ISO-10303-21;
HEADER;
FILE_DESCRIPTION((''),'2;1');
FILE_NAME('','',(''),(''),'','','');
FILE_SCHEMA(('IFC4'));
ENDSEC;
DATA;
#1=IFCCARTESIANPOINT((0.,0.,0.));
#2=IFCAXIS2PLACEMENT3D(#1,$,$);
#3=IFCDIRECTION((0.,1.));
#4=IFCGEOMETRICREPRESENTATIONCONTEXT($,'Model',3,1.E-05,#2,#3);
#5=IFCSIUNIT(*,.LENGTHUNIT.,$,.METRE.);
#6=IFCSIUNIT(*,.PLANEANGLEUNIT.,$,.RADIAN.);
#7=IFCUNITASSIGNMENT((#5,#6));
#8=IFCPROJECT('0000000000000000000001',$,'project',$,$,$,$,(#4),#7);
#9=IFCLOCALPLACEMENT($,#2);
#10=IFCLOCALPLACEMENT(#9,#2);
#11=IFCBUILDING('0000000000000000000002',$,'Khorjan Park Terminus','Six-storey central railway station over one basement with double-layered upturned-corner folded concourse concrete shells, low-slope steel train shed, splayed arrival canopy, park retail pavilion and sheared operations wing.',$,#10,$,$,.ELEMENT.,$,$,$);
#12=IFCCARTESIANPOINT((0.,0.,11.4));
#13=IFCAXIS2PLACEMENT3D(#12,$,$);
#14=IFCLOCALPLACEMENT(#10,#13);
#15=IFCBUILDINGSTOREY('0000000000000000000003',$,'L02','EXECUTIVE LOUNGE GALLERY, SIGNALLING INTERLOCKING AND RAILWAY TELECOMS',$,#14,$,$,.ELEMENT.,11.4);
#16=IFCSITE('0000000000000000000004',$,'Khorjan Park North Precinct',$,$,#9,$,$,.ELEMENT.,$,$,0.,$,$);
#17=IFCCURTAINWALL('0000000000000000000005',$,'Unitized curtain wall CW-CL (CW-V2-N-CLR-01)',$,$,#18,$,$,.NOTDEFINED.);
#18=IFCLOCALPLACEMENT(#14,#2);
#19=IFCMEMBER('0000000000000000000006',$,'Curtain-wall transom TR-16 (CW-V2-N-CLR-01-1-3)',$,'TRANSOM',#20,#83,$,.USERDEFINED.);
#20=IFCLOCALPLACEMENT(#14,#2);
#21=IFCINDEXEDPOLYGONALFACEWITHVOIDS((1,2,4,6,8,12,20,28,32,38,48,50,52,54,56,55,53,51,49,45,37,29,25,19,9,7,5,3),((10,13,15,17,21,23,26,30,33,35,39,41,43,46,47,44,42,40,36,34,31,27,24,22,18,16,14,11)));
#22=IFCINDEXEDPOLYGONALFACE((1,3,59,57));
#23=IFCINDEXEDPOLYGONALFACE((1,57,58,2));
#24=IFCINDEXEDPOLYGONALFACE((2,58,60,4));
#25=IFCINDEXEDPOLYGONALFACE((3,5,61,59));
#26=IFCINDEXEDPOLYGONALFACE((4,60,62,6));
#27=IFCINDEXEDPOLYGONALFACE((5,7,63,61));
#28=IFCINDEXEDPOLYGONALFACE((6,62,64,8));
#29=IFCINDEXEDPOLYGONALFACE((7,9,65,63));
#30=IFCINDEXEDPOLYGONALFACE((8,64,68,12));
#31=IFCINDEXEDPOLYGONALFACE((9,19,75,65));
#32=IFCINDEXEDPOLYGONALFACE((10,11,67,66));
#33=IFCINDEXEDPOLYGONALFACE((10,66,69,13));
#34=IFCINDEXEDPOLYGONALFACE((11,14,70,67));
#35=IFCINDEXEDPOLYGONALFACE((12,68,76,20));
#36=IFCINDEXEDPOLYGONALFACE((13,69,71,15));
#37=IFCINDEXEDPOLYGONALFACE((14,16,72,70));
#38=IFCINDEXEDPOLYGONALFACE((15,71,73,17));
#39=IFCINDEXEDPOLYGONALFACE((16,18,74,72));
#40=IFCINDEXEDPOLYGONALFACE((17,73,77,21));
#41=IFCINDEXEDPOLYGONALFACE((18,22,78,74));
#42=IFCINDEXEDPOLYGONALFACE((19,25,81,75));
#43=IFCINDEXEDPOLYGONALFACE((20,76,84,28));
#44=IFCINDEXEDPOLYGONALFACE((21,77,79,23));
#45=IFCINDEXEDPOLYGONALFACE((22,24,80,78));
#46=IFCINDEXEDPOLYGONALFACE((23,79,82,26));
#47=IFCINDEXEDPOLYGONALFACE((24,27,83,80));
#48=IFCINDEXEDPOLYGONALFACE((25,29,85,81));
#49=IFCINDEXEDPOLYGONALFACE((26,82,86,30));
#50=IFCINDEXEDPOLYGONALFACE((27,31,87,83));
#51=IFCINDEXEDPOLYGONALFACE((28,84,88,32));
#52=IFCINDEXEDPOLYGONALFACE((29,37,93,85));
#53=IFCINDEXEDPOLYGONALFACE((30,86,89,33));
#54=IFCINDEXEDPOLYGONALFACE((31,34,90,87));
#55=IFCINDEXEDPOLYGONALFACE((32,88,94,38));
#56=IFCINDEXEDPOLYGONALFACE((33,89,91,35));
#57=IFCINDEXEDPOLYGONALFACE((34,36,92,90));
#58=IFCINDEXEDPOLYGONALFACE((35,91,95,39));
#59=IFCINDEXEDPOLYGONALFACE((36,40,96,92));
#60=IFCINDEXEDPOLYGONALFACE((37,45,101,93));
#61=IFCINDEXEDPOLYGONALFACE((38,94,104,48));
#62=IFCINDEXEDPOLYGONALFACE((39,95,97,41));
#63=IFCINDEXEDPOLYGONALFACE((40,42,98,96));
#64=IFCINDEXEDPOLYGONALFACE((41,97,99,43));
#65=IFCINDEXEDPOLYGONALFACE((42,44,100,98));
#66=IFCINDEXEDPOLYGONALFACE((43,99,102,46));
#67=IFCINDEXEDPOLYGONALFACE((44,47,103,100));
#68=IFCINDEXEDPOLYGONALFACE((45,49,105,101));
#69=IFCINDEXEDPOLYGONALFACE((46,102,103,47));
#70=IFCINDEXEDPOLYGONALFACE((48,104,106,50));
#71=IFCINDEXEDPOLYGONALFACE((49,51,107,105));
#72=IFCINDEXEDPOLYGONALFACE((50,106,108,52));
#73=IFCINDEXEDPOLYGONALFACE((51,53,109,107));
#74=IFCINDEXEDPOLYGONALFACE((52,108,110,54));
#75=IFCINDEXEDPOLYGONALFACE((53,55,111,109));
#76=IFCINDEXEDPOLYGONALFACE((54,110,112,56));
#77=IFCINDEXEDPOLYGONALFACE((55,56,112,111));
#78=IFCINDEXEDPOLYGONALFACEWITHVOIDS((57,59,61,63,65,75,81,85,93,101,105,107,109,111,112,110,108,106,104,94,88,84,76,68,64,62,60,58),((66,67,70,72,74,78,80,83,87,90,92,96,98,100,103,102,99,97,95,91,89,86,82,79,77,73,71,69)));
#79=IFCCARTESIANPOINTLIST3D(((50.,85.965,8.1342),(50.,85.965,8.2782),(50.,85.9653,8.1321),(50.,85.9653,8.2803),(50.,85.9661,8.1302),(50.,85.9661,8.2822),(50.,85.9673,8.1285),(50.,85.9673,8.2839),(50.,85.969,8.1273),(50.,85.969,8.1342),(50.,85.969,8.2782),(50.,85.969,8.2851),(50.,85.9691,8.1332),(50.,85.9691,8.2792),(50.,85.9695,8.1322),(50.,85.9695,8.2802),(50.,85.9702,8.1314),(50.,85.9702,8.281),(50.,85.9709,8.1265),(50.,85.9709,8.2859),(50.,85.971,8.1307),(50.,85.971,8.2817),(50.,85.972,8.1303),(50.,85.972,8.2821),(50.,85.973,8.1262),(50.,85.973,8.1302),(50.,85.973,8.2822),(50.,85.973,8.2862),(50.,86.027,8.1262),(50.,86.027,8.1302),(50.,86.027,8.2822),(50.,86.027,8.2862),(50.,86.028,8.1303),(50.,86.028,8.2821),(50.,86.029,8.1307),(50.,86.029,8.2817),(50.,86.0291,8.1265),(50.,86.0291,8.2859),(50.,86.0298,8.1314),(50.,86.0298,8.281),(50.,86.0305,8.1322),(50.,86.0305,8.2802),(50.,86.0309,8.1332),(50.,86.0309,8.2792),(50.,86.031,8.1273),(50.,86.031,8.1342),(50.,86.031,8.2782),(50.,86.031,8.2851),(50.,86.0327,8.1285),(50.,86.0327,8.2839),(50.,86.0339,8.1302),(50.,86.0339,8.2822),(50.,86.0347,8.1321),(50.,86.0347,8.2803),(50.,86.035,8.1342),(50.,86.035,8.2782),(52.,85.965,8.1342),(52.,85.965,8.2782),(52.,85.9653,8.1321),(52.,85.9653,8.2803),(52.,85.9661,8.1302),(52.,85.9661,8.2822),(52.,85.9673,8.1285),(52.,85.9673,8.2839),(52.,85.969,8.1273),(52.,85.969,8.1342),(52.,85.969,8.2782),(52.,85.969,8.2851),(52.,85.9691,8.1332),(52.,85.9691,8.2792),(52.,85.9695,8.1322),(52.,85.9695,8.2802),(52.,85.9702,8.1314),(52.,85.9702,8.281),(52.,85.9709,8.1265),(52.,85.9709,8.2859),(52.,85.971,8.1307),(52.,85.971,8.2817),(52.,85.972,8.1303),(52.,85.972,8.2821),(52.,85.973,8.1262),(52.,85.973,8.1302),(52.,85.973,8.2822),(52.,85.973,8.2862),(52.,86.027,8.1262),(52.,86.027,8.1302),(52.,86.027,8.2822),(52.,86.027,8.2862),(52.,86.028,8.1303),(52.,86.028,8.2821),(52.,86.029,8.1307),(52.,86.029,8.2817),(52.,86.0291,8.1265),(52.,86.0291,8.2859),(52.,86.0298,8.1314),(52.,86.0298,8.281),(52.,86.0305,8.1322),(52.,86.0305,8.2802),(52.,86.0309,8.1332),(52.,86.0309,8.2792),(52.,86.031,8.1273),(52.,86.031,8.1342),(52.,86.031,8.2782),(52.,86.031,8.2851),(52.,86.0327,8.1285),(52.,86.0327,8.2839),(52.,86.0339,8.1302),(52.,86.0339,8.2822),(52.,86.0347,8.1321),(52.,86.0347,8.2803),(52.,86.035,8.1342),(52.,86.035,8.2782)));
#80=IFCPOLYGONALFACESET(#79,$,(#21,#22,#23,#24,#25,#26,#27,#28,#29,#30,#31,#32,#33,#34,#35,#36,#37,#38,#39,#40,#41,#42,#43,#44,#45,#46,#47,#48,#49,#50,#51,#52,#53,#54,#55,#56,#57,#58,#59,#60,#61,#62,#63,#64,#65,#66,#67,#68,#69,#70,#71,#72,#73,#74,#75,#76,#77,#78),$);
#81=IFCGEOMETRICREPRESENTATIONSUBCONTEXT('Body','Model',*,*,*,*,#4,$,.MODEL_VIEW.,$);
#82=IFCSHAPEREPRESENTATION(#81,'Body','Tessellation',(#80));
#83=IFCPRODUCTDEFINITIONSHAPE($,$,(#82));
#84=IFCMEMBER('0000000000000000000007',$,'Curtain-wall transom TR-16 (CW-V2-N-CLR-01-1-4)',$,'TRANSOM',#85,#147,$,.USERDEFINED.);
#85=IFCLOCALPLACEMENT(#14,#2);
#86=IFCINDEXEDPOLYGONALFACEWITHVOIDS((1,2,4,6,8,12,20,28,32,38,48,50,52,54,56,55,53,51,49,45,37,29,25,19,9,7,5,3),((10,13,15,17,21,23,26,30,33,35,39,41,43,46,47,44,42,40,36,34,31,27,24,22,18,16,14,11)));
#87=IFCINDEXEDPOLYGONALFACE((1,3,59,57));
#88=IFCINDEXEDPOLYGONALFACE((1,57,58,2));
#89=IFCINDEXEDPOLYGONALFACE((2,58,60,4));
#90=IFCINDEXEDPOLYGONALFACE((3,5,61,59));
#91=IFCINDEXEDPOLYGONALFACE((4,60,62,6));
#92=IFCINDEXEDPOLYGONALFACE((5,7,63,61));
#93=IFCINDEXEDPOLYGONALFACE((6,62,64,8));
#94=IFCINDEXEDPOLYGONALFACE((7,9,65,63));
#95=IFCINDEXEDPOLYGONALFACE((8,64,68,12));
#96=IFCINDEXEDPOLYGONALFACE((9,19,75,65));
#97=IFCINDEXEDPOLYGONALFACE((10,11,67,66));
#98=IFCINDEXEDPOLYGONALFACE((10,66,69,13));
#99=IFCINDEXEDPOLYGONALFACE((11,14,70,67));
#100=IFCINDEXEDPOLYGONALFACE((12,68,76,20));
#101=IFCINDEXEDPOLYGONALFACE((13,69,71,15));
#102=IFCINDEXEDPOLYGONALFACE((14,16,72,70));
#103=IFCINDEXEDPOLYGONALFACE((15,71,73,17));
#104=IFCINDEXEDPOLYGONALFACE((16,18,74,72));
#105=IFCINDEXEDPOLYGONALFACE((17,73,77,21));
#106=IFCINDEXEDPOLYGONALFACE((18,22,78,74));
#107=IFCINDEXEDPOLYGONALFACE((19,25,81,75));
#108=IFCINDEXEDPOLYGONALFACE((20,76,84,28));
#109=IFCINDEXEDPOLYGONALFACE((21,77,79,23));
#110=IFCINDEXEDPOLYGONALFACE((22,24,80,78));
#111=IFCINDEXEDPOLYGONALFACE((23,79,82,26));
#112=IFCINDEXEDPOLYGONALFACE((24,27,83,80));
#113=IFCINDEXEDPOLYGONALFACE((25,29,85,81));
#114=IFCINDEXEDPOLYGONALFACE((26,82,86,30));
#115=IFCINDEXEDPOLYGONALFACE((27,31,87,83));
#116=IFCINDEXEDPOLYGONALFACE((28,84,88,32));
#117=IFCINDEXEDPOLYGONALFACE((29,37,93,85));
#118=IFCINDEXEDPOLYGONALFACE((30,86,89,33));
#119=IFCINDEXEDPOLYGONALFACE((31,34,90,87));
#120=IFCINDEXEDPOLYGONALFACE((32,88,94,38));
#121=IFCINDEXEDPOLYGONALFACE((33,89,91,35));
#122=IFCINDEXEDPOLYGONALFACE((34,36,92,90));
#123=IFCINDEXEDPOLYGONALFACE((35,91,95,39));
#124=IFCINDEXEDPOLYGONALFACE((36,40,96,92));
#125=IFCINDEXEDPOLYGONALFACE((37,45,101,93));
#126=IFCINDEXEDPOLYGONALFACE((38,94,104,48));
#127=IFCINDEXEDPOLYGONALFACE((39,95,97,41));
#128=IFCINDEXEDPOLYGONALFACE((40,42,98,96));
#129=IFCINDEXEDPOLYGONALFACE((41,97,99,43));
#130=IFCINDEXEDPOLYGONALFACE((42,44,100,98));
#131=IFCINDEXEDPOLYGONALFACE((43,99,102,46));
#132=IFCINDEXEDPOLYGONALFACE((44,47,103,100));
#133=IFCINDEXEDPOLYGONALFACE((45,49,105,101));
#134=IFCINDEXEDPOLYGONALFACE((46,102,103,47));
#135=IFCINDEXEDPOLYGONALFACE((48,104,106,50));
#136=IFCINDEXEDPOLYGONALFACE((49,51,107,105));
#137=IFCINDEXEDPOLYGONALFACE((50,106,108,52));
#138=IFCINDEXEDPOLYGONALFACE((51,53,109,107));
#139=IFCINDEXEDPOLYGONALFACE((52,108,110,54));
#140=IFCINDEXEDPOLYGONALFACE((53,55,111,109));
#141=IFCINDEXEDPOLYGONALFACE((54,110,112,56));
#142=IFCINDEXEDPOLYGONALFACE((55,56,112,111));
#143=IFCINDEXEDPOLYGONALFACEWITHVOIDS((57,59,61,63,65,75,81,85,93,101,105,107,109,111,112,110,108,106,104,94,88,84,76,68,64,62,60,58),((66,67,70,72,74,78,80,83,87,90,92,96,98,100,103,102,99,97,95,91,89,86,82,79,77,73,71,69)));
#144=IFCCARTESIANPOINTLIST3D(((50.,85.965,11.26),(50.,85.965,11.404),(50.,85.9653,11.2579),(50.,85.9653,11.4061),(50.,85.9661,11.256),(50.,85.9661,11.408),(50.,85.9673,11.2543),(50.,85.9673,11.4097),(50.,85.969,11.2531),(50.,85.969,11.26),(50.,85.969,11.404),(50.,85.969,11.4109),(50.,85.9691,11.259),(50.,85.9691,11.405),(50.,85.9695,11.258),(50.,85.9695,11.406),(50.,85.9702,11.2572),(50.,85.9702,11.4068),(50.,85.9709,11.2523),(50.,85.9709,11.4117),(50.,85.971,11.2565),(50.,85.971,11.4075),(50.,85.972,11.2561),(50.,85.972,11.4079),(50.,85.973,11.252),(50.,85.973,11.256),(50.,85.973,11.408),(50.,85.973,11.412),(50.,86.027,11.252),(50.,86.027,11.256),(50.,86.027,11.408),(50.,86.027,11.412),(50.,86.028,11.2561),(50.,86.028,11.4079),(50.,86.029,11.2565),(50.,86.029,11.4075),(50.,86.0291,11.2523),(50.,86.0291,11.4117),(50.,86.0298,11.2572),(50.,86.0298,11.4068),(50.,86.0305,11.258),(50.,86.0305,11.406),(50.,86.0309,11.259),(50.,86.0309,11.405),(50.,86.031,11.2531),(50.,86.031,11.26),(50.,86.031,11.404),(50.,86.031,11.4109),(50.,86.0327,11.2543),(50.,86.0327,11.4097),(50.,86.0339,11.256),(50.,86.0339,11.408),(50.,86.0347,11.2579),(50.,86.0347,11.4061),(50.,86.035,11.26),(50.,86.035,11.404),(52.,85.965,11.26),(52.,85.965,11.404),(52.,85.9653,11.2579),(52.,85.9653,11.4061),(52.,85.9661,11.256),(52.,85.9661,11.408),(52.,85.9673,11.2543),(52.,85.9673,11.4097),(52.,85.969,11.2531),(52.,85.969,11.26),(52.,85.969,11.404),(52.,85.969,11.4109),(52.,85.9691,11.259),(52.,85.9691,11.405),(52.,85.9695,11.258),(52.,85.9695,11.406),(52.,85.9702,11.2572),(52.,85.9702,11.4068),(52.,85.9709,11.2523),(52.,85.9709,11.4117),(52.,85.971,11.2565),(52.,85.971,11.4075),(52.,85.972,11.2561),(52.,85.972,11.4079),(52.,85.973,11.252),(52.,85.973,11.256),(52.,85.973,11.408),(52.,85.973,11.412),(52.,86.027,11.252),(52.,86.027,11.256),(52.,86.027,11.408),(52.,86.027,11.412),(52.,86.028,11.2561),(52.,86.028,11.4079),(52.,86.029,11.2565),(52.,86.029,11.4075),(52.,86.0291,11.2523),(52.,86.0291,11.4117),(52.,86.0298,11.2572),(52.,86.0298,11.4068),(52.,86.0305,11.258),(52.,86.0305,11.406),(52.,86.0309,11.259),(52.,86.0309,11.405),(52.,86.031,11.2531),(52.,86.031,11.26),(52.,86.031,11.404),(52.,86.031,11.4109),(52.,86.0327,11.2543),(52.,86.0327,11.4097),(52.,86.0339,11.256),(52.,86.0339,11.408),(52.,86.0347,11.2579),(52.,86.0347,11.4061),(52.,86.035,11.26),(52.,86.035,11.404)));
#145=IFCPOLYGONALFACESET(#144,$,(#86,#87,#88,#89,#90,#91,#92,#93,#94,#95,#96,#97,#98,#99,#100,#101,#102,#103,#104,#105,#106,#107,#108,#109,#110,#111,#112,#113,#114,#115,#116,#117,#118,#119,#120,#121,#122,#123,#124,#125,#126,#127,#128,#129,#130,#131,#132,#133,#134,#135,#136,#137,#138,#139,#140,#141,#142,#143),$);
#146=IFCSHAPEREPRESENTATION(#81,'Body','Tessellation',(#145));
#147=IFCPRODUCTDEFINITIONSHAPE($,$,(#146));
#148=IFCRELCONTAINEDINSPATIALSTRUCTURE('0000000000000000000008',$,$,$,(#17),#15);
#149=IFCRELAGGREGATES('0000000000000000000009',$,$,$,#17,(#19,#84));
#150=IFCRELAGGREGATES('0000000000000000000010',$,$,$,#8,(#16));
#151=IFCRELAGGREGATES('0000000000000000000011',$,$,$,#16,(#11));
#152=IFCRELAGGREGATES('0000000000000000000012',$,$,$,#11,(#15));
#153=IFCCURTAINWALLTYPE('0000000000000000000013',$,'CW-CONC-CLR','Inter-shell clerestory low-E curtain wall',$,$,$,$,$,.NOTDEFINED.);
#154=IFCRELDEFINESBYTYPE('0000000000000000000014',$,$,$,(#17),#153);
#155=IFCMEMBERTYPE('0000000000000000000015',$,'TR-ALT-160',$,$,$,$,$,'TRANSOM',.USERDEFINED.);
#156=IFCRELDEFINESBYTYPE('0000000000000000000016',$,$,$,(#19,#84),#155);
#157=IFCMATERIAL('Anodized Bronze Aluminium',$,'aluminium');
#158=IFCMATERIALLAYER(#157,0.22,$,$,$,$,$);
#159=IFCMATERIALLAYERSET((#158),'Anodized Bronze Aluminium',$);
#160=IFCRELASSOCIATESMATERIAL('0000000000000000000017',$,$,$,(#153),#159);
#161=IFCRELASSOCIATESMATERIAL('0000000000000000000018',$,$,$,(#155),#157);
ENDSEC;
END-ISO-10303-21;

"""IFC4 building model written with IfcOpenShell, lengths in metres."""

from ifc_helpers import new_model, si_unit, direction, frame, origin, origin_2d, place, context, subcontext, project, spatial, hollow_rectangle, extrude, material, layer, layer_set, material_profile, profile_set, type_object, element, aggregate, save


model = new_model("IFC4")

# Units and contexts
model_context = context("Model", 3, precision=1e-05, world=origin(), true_north=direction((0.0, 1.0)))
body_context = subcontext(model_context, "Body", "Model", "MODEL_VIEW")
ifc_project = project(units=[si_unit("LENGTHUNIT", "METRE"), si_unit("PLANEANGLEUNIT", "RADIAN")], contexts=[model_context])

# Site, building, storey
site_placement = place(None, origin())
site = spatial("IfcSite", under=ifc_project, at=site_placement, Name="Khorjan Park North Precinct", CompositionType="ELEMENT", RefElevation=0.0)
building_placement = place(site_placement, origin())
building = spatial("IfcBuilding", under=site, at=building_placement, Name="Khorjan Park Terminus", Description="Six-storey central railway station over one basement with double-layered upturned-corner folded concourse concrete shells, low-slope steel train shed, splayed arrival canopy, park retail pavilion and sheared operations wing.", CompositionType="ELEMENT")
storey_placement = place(building_placement, frame((0.0, 0.0, 11.4)))
storey = spatial("IfcBuildingStorey", under=building, at=storey_placement, Name="L02", Description="EXECUTIVE LOUNGE GALLERY, SIGNALLING INTERLOCKING AND RAILWAY TELECOMS", CompositionType="ELEMENT", Elevation=11.4)

# Curtain wall, members
ifc_material_1 = material(Name="Anodized Bronze Aluminium", Category="aluminium")
ifc_layer_1 = layer(ifc_material_1, 0.22)
ifc_layer_set_1 = layer_set([ifc_layer_1], Name="Anodized Bronze Aluminium")
curtain_wall_type = type_object("IfcCurtainWallType", Name="CW-CONC-CLR", Description="Inter-shell clerestory low-E curtain wall", PredefinedType="NOTDEFINED", material=ifc_layer_set_1)
curtain_wall_1_placement = place(storey_placement, origin())
curtain_wall_1 = element("IfcCurtainWall", 1, at=curtain_wall_1_placement, inside=storey, type_object=curtain_wall_type, Name="Unitized curtain wall CW-CL (CW-V2-N-CLR-01)", PredefinedType="NOTDEFINED")
ifc_material_profile_1 = material_profile(ifc_material_1, hollow_rectangle(XDim=0.07, YDim=0.16, WallThickness=0.004, InnerFilletRadius=0.004, OuterFilletRadius=0.008, at=origin_2d()), Name="ALT 70x160x4")
ifc_profile_set_1 = profile_set([ifc_material_profile_1], Name="Anodized Bronze Aluminium")
member_type_1 = type_object("IfcMemberType", Name="TR-ALT-160", ElementType="TRANSOM", PredefinedType="USERDEFINED", material=ifc_profile_set_1)
member_1_placement = place(storey_placement, frame((52.0, 86.0, 8.2062), z_axis=(-1.0, 0.0, 0.0), x_axis=(0.0, -1.0, 0.0)))
member_1 = element("IfcMember", 2, at=member_1_placement, type_object=member_type_1, Name="Curtain-wall transom TR-16 (CW-V2-N-CLR-01-1-3)", ObjectType="TRANSOM", PredefinedType="USERDEFINED", context=body_context, shape_type="SweptSolid", body=[
    extrude(hollow_rectangle(XDim=0.07, YDim=0.16, WallThickness=0.004, InnerFilletRadius=0.004, OuterFilletRadius=0.008, at=origin_2d()), origin(), (0.0, 0.0, 1.0), 2.0),
])
member_2_placement = place(storey_placement, frame((52.0, 86.0, 11.332), z_axis=(-1.0, 0.0, 0.0), x_axis=(0.0, -1.0, 0.0)))
member_2 = element("IfcMember", 3, at=member_2_placement, type_object=member_type_1, Name="Curtain-wall transom TR-16 (CW-V2-N-CLR-01-1-4)", ObjectType="TRANSOM", PredefinedType="USERDEFINED", context=body_context, shape_type="SweptSolid", body=[
    extrude(hollow_rectangle(XDim=0.07, YDim=0.16, WallThickness=0.004, InnerFilletRadius=0.004, OuterFilletRadius=0.008, at=origin_2d()), origin(), (0.0, 0.0, 1.0), 2.0),
])

aggregate(curtain_wall_1, [member_1, member_2])

save(model, "model.ifc")
